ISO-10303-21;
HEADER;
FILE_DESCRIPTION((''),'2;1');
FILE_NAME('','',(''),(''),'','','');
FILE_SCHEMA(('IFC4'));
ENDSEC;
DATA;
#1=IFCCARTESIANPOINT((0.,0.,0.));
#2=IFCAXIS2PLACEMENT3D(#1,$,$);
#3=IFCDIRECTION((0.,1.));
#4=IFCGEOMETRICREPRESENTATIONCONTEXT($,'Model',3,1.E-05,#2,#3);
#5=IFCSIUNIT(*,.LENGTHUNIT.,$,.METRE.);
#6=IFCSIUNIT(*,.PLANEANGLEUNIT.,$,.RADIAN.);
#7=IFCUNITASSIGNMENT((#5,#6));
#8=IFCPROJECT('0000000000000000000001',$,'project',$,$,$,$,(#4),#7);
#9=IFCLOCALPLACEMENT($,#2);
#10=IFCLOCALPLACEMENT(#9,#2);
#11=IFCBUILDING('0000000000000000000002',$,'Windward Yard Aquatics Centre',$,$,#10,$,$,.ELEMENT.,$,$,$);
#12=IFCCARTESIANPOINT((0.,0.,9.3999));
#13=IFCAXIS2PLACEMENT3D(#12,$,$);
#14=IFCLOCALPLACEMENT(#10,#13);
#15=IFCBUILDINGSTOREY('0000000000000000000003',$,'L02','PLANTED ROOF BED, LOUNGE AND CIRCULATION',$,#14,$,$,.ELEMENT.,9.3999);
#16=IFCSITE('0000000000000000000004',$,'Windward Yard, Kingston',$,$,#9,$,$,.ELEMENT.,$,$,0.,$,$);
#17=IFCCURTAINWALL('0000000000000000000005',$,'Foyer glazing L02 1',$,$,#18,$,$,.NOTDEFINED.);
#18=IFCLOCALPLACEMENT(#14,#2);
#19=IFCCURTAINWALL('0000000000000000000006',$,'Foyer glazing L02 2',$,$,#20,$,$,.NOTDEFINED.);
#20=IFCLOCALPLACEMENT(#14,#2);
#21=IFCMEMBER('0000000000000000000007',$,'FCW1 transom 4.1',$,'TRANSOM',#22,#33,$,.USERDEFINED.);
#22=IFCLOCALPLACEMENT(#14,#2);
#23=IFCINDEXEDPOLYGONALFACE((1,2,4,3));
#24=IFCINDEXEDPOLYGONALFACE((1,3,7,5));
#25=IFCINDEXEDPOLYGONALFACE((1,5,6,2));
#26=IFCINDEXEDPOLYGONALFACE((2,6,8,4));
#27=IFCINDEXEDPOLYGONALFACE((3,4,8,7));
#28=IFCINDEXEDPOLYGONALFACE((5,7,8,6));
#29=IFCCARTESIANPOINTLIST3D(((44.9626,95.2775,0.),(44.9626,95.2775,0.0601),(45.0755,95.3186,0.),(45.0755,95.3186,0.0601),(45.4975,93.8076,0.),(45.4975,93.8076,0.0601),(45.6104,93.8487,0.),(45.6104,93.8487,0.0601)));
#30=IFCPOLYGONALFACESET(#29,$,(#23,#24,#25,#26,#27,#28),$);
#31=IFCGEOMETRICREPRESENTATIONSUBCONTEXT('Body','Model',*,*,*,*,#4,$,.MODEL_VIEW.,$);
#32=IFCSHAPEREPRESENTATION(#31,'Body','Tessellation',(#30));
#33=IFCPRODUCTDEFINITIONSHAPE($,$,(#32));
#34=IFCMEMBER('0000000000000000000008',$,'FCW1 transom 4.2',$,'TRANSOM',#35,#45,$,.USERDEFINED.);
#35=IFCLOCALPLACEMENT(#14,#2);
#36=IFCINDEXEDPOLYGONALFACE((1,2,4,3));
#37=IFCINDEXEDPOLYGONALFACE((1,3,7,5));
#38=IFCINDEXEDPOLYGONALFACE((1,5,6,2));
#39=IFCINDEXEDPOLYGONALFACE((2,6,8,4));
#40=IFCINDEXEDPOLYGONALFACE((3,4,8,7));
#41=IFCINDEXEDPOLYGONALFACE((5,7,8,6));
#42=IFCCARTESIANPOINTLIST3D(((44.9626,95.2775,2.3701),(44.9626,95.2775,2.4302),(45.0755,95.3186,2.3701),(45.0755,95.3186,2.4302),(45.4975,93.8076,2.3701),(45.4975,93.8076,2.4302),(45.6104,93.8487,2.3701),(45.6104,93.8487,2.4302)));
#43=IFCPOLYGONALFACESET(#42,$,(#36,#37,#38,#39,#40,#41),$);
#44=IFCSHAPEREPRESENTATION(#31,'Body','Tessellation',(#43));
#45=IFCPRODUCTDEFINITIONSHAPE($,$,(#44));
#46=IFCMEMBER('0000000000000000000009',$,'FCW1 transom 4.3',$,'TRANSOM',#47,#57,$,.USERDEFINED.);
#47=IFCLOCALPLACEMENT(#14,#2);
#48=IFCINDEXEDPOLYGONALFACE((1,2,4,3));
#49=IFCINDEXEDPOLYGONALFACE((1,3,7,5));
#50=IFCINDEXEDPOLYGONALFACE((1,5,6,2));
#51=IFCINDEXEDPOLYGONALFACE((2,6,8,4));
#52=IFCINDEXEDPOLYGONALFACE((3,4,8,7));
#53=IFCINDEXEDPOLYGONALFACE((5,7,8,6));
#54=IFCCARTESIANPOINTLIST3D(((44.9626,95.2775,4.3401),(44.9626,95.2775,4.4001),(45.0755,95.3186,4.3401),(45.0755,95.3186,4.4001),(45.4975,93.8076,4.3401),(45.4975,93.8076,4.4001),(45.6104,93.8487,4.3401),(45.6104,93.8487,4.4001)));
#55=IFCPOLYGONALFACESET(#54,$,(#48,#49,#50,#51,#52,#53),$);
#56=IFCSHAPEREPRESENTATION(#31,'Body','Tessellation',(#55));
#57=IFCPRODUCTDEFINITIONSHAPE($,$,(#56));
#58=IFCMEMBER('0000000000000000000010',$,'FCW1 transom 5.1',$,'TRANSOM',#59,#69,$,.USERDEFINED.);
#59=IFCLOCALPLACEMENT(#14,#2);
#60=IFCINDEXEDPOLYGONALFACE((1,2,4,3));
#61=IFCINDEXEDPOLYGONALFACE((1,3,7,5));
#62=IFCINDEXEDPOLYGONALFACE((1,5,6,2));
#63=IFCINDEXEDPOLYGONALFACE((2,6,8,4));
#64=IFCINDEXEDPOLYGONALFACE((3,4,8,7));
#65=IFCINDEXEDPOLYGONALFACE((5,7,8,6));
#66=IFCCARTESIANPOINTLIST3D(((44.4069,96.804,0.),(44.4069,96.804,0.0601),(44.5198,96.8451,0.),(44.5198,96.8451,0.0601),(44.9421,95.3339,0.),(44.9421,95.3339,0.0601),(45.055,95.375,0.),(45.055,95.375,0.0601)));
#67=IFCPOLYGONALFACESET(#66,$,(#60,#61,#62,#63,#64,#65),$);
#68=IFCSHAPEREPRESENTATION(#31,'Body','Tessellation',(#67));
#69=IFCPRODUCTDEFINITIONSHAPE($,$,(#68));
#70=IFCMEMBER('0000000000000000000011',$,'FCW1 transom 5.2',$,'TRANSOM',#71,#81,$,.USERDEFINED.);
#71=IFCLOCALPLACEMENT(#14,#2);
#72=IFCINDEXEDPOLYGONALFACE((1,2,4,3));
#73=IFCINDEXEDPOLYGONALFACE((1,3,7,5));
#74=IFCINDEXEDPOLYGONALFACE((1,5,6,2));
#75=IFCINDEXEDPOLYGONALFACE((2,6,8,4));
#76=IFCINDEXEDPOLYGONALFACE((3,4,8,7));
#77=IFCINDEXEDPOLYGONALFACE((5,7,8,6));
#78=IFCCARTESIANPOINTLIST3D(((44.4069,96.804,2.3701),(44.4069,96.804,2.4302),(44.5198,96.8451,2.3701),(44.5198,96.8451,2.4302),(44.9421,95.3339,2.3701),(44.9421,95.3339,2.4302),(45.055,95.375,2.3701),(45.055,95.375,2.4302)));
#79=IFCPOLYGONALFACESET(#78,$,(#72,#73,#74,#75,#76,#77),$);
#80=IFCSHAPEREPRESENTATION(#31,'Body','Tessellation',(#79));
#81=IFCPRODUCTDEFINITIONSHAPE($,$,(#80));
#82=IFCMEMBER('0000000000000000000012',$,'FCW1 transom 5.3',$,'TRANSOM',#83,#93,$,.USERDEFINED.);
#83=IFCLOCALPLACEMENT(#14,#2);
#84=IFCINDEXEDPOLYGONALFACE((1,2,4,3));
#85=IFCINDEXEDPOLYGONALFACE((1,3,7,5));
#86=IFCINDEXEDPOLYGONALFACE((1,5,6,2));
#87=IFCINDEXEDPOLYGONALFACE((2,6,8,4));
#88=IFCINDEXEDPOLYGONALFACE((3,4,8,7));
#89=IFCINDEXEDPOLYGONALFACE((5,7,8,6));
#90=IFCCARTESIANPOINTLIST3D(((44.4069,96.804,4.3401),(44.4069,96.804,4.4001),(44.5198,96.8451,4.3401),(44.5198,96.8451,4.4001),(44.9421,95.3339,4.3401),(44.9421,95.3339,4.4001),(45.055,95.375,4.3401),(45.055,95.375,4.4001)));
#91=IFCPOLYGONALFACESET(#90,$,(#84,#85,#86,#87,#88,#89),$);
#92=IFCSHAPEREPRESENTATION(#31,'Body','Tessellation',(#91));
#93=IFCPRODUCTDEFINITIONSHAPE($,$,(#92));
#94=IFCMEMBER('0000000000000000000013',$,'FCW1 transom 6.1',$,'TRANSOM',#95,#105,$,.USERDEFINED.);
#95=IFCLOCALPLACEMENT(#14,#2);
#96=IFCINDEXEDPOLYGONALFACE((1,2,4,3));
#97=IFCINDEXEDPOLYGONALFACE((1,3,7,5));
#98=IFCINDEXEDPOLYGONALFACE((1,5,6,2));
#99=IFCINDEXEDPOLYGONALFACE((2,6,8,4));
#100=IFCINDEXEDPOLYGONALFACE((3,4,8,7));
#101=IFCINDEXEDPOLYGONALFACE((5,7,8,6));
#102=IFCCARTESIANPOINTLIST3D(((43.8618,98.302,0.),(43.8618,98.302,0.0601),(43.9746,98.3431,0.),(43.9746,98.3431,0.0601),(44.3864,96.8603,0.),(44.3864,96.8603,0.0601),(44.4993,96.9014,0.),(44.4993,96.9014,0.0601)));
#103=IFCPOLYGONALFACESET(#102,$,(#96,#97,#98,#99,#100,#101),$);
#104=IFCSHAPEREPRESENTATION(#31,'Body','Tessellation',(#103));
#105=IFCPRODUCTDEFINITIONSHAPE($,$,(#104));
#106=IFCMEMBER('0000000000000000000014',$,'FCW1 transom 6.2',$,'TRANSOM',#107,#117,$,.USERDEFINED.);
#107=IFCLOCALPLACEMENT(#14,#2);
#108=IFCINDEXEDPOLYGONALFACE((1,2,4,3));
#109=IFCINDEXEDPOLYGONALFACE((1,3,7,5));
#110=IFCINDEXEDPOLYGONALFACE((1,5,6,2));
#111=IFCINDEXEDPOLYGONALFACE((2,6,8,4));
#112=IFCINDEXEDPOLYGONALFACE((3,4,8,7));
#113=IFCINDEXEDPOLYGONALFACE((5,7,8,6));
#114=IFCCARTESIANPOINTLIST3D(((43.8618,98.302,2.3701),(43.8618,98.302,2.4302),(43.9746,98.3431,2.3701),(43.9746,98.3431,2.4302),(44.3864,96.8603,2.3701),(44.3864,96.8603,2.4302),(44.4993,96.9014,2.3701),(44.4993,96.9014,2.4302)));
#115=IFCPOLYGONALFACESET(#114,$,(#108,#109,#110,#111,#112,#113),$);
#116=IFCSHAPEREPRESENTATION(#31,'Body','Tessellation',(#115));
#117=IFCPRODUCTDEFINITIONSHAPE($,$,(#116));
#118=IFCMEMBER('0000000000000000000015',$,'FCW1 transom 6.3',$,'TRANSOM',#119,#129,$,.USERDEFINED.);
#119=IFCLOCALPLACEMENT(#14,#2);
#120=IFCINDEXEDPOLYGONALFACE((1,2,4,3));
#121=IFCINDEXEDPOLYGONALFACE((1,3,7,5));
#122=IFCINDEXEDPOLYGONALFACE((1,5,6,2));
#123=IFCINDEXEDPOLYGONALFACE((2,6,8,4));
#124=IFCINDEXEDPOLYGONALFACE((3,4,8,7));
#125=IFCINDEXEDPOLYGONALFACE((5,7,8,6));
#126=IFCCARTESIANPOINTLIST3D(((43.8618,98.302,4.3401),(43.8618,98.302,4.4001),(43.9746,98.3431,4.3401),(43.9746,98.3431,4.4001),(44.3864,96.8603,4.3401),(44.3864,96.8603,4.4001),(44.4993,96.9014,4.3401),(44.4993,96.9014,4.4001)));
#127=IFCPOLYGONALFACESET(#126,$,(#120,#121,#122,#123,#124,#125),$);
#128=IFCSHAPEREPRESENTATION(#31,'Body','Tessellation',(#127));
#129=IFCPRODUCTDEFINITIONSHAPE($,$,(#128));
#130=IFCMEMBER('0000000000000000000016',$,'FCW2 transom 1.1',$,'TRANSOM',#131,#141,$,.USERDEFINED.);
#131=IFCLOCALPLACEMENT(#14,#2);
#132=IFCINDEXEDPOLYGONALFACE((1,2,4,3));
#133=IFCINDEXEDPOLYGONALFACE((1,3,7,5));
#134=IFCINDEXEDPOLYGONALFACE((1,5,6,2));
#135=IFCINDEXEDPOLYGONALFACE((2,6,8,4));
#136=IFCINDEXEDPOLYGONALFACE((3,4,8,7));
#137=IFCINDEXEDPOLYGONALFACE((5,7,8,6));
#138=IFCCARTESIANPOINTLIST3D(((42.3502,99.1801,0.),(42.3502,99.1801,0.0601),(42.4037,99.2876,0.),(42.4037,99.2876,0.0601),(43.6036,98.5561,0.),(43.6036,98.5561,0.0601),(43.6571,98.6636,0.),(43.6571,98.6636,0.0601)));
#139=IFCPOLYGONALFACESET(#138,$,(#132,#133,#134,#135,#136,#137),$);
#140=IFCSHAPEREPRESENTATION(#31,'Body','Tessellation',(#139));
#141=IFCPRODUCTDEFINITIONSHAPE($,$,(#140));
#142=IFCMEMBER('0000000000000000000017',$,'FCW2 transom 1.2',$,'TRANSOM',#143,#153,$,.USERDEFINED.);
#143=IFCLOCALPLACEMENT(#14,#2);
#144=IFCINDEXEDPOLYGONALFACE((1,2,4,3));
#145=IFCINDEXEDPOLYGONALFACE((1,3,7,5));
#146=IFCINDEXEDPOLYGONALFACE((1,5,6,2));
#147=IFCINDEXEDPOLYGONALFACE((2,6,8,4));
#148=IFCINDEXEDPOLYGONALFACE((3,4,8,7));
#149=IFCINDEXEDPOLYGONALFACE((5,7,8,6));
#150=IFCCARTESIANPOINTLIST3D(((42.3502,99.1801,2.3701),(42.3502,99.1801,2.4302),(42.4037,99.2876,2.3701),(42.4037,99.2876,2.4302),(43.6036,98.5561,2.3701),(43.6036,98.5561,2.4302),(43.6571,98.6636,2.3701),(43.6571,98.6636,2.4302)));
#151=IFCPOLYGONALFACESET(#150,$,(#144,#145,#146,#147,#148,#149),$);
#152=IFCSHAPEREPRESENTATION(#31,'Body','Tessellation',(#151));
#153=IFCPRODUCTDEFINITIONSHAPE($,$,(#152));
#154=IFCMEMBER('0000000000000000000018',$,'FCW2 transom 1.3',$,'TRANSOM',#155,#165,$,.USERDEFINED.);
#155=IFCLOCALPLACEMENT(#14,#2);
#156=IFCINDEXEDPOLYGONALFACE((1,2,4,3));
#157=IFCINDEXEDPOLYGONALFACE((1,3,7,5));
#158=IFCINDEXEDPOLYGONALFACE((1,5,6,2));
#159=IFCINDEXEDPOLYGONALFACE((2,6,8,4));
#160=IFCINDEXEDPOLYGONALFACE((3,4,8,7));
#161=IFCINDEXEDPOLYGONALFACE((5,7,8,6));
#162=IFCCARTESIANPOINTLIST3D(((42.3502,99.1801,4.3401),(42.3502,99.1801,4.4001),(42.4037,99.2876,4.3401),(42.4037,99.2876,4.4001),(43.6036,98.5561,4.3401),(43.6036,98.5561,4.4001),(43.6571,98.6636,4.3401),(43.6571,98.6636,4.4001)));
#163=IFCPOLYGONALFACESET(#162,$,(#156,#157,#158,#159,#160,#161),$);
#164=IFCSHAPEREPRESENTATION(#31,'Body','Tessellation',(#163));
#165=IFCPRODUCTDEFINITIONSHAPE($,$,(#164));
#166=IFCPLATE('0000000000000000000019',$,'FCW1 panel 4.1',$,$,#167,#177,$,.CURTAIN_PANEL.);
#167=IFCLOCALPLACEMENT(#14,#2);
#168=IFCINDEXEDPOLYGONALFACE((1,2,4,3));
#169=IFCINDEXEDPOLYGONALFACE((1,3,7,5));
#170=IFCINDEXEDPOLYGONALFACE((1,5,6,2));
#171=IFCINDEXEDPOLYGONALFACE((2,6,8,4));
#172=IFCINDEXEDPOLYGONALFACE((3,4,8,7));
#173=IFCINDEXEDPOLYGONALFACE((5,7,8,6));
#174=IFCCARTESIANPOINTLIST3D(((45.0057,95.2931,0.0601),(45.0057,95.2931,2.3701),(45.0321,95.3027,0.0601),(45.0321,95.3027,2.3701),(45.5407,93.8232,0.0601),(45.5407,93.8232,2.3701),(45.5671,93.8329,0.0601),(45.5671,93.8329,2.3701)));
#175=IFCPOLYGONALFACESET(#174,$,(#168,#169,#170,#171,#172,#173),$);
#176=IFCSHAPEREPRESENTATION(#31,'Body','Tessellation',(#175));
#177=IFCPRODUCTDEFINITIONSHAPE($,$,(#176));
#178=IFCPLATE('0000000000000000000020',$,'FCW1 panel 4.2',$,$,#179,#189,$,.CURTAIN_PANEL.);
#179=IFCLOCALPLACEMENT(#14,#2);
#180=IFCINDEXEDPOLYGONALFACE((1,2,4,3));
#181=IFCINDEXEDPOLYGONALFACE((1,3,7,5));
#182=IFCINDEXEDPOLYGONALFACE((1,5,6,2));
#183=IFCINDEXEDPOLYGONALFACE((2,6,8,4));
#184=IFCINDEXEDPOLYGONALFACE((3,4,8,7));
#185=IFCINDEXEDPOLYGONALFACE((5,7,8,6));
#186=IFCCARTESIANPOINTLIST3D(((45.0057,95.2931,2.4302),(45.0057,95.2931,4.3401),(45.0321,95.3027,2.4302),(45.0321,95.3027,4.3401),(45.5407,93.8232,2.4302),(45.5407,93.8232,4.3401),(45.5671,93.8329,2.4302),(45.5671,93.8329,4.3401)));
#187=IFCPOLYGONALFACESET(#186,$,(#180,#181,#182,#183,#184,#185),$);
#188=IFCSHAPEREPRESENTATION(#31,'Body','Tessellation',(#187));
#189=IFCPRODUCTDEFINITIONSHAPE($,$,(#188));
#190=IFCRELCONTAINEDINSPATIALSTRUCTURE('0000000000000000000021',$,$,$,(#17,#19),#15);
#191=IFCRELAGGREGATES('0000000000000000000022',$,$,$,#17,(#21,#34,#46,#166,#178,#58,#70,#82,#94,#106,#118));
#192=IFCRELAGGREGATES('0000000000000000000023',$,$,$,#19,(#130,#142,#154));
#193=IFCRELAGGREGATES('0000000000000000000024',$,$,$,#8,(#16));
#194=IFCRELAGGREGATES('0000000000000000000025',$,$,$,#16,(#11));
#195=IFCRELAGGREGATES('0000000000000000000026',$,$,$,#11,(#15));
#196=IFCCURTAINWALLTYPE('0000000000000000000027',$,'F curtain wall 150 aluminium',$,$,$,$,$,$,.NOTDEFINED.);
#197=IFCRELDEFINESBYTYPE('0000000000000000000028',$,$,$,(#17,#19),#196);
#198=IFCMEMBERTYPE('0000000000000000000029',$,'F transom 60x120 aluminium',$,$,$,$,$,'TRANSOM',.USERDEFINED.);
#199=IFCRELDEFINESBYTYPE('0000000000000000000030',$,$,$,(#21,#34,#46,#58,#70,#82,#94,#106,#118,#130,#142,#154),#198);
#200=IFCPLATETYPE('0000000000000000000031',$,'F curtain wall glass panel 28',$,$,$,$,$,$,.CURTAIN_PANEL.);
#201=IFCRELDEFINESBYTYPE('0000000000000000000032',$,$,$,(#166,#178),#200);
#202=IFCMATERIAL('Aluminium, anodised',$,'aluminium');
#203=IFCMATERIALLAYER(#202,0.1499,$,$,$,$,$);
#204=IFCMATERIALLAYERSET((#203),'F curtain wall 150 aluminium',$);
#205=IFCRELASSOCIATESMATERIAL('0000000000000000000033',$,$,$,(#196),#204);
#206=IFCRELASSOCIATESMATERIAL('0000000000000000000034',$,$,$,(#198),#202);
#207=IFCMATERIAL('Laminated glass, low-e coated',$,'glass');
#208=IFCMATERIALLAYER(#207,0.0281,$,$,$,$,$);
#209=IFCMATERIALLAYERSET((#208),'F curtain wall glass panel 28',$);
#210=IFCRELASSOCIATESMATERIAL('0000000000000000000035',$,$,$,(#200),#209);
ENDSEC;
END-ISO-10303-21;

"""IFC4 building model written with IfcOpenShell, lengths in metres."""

from ifc_helpers import new_model, si_unit, direction, frame, origin, origin_2d, place, context, subcontext, project, spatial, rectangle, extrude, material, layer, layer_set, material_profile, profile_set, type_object, element, aggregate, save


model = new_model("IFC4")

# Units and contexts
model_context = context("Model", 3, precision=1e-05, world=origin(), true_north=direction((0.0, 1.0)))
body_context = subcontext(model_context, "Body", "Model", "MODEL_VIEW")
ifc_project = project(units=[si_unit("LENGTHUNIT", "METRE"), si_unit("PLANEANGLEUNIT", "RADIAN")], contexts=[model_context])

# Site, building, storey
site_placement = place(None, origin())
site = spatial("IfcSite", under=ifc_project, at=site_placement, Name="Windward Yard, Kingston", CompositionType="ELEMENT", RefElevation=0.0)
building_placement = place(site_placement, origin())
building = spatial("IfcBuilding", under=site, at=building_placement, Name="Windward Yard Aquatics Centre", CompositionType="ELEMENT")
storey_placement = place(building_placement, frame((0.0, 0.0, 9.3999)))
storey = spatial("IfcBuildingStorey", under=building, at=storey_placement, Name="L02", Description="PLANTED ROOF BED, LOUNGE AND CIRCULATION", CompositionType="ELEMENT", Elevation=9.3999)

# Curtain walls
ifc_material_1 = material(Name="Aluminium, anodised", Category="aluminium")
ifc_layer_1 = layer(ifc_material_1, 0.1499)
ifc_layer_set_1 = layer_set([ifc_layer_1], Name="F curtain wall 150 aluminium")
curtain_wall_type = type_object("IfcCurtainWallType", Name="F curtain wall 150 aluminium", PredefinedType="NOTDEFINED", material=ifc_layer_set_1)
curtain_wall_1_placement = place(storey_placement, origin())
curtain_wall_1 = element("IfcCurtainWall", 1, at=curtain_wall_1_placement, inside=storey, type_object=curtain_wall_type, Name="Foyer glazing L02 1", PredefinedType="NOTDEFINED")
curtain_wall_2_placement = place(storey_placement, origin())
curtain_wall_2 = element("IfcCurtainWall", 2, at=curtain_wall_2_placement, inside=storey, type_object=curtain_wall_type, Name="Foyer glazing L02 2", PredefinedType="NOTDEFINED")

# Members
ifc_material_profile_1 = material_profile(ifc_material_1, rectangle(XDim=0.1201, YDim=0.0601, at=origin_2d()), Name="TRANSOM 60x120")
ifc_profile_set_1 = profile_set([ifc_material_profile_1], Name="Aluminium, anodised")
member_type_1 = type_object("IfcMemberType", Name="F transom 60x120 aluminium", ElementType="TRANSOM", PredefinedType="USERDEFINED", material=ifc_profile_set_1)
member_1_placement = place(storey_placement, frame((45.554, 93.8281, 0.03), z_axis=(-0.341956, 0.939716, 0.0), x_axis=(-0.939716, -0.341956, 0.0)))
member_1 = element("IfcMember", 3, at=member_1_placement, type_object=member_type_1, Name="FCW1 transom 4.1", ObjectType="TRANSOM", PredefinedType="USERDEFINED", context=body_context, shape_type="SweptSolid", body=[
    extrude(rectangle(XDim=0.1201, YDim=0.0601, at=origin_2d()), origin(), (0.0, 0.0, 1.0), 1.5642),
])
member_2_placement = place(storey_placement, frame((45.554, 93.8281, 2.4001), z_axis=(-0.341956, 0.939716, 0.0), x_axis=(-0.939716, -0.341956, 0.0)))
member_2 = element("IfcMember", 4, at=member_2_placement, type_object=member_type_1, Name="FCW1 transom 4.2", ObjectType="TRANSOM", PredefinedType="USERDEFINED", context=body_context, shape_type="SweptSolid", body=[
    extrude(rectangle(XDim=0.1201, YDim=0.0601, at=origin_2d()), origin(), (0.0, 0.0, 1.0), 1.5642),
])
member_3_placement = place(storey_placement, frame((45.554, 93.8281, 4.3701), z_axis=(-0.341956, 0.939716, 0.0), x_axis=(-0.939716, -0.341956, 0.0)))
member_3 = element("IfcMember", 5, at=member_3_placement, type_object=member_type_1, Name="FCW1 transom 4.3", ObjectType="TRANSOM", PredefinedType="USERDEFINED", context=body_context, shape_type="SweptSolid", body=[
    extrude(rectangle(XDim=0.1201, YDim=0.0601, at=origin_2d()), origin(), (0.0, 0.0, 1.0), 1.5642),
])
member_4_placement = place(storey_placement, frame((44.9985, 95.3545, 0.03), z_axis=(-0.342094, 0.939666, 0.0), x_axis=(-0.939666, -0.342094, 0.0)))
member_4 = element("IfcMember", 6, at=member_4_placement, type_object=member_type_1, Name="FCW1 transom 5.1", ObjectType="TRANSOM", PredefinedType="USERDEFINED", context=body_context, shape_type="SweptSolid", body=[
    extrude(rectangle(XDim=0.1201, YDim=0.0601, at=origin_2d()), origin(), (0.0, 0.0, 1.0), 1.5645),
])
member_5_placement = place(storey_placement, frame((44.9985, 95.3545, 2.4001), z_axis=(-0.342094, 0.939666, 0.0), x_axis=(-0.939666, -0.342094, 0.0)))
member_5 = element("IfcMember", 7, at=member_5_placement, type_object=member_type_1, Name="FCW1 transom 5.2", ObjectType="TRANSOM", PredefinedType="USERDEFINED", context=body_context, shape_type="SweptSolid", body=[
    extrude(rectangle(XDim=0.1201, YDim=0.0601, at=origin_2d()), origin(), (0.0, 0.0, 1.0), 1.5645),
])
member_6_placement = place(storey_placement, frame((44.9985, 95.3545, 4.3701), z_axis=(-0.342094, 0.939666, 0.0), x_axis=(-0.939666, -0.342094, 0.0)))
member_6 = element("IfcMember", 8, at=member_6_placement, type_object=member_type_1, Name="FCW1 transom 5.3", ObjectType="TRANSOM", PredefinedType="USERDEFINED", context=body_context, shape_type="SweptSolid", body=[
    extrude(rectangle(XDim=0.1201, YDim=0.0601, at=origin_2d()), origin(), (0.0, 0.0, 1.0), 1.5645),
])
member_7_placement = place(storey_placement, frame((44.4429, 96.8809, 0.03), z_axis=(-0.341986, 0.939705, 0.0), x_axis=(-0.939705, -0.341986, 0.0)))
member_7 = element("IfcMember", 9, at=member_7_placement, type_object=member_type_1, Name="FCW1 transom 6.1", ObjectType="TRANSOM", PredefinedType="USERDEFINED", context=body_context, shape_type="SweptSolid", body=[
    extrude(rectangle(XDim=0.1201, YDim=0.0601, at=origin_2d()), origin(), (0.0, 0.0, 1.0), 1.5342),
])
member_8_placement = place(storey_placement, frame((44.4429, 96.8809, 2.4001), z_axis=(-0.341986, 0.939705, 0.0), x_axis=(-0.939705, -0.341986, 0.0)))
member_8 = element("IfcMember", 10, at=member_8_placement, type_object=member_type_1, Name="FCW1 transom 6.2", ObjectType="TRANSOM", PredefinedType="USERDEFINED", context=body_context, shape_type="SweptSolid", body=[
    extrude(rectangle(XDim=0.1201, YDim=0.0601, at=origin_2d()), origin(), (0.0, 0.0, 1.0), 1.5342),
])
member_9_placement = place(storey_placement, frame((44.4429, 96.8809, 4.3701), z_axis=(-0.341986, 0.939705, 0.0), x_axis=(-0.939705, -0.341986, 0.0)))
member_9 = element("IfcMember", 11, at=member_9_placement, type_object=member_type_1, Name="FCW1 transom 6.3", ObjectType="TRANSOM", PredefinedType="USERDEFINED", context=body_context, shape_type="SweptSolid", body=[
    extrude(rectangle(XDim=0.1201, YDim=0.0601, at=origin_2d()), origin(), (0.0, 0.0, 1.0), 1.5342),
])
member_10_placement = place(storey_placement, frame((43.6304, 98.6099, 0.03), z_axis=(-0.895193, 0.445679, 0.0), x_axis=(-0.445679, -0.895193, 0.0)))
member_10 = element("IfcMember", 12, at=member_10_placement, type_object=member_type_1, Name="FCW2 transom 1.1", ObjectType="TRANSOM", PredefinedType="USERDEFINED", context=body_context, shape_type="SweptSolid", body=[
    extrude(rectangle(XDim=0.1201, YDim=0.0601, at=origin_2d()), origin(), (0.0, 0.0, 1.0), 1.4001),
])
member_11_placement = place(storey_placement, frame((43.6304, 98.6099, 2.4001), z_axis=(-0.895193, 0.445679, 0.0), x_axis=(-0.445679, -0.895193, 0.0)))
member_11 = element("IfcMember", 13, at=member_11_placement, type_object=member_type_1, Name="FCW2 transom 1.2", ObjectType="TRANSOM", PredefinedType="USERDEFINED", context=body_context, shape_type="SweptSolid", body=[
    extrude(rectangle(XDim=0.1201, YDim=0.0601, at=origin_2d()), origin(), (0.0, 0.0, 1.0), 1.4001),
])
member_12_placement = place(storey_placement, frame((43.6304, 98.6099, 4.3701), z_axis=(-0.895193, 0.445679, 0.0), x_axis=(-0.445679, -0.895193, 0.0)))
member_12 = element("IfcMember", 14, at=member_12_placement, type_object=member_type_1, Name="FCW2 transom 1.3", ObjectType="TRANSOM", PredefinedType="USERDEFINED", context=body_context, shape_type="SweptSolid", body=[
    extrude(rectangle(XDim=0.1201, YDim=0.0601, at=origin_2d()), origin(), (0.0, 0.0, 1.0), 1.4001),
])

# Plates
ifc_material_2 = material(Name="Laminated glass, low-e coated", Category="glass")
ifc_layer_2 = layer(ifc_material_2, 0.0281)
ifc_layer_set_2 = layer_set([ifc_layer_2], Name="F curtain wall glass panel 28")
plate_type_1 = type_object("IfcPlateType", Name="F curtain wall glass panel 28", PredefinedType="CURTAIN_PANEL", material=ifc_layer_set_2)
plate_1_placement = place(storey_placement, frame((45.2864, 94.563, 0.0601), z_axis=(0.0, 0.0, 1.0), x_axis=(-0.342019, 0.939693, 0.0)))
plate_1 = element("IfcPlate", 15, at=plate_1_placement, type_object=plate_type_1, Name="FCW1 panel 4.1", PredefinedType="CURTAIN_PANEL", context=body_context, shape_type="SweptSolid", body=[
    extrude(rectangle(XDim=1.5642, YDim=0.0281, at=origin_2d()), origin(), (0.0, 0.0, 1.0), 2.3101),
])
plate_2_placement = place(storey_placement, frame((45.2864, 94.563, 2.4302), z_axis=(0.0, 0.0, 1.0), x_axis=(-0.342019, 0.939693, 0.0)))
plate_2 = element("IfcPlate", 16, at=plate_2_placement, type_object=plate_type_1, Name="FCW1 panel 4.2", PredefinedType="CURTAIN_PANEL", context=body_context, shape_type="SweptSolid", body=[
    extrude(rectangle(XDim=1.5642, YDim=0.0281, at=origin_2d()), origin(), (0.0, 0.0, 1.0), 1.9099),
])
aggregate(curtain_wall_1, [member_1, member_2, member_3, plate_1, plate_2, member_4, member_5, member_6, member_7, member_8, member_9])
aggregate(curtain_wall_2, [member_10, member_11, member_12])

save(model, "model.ifc")
